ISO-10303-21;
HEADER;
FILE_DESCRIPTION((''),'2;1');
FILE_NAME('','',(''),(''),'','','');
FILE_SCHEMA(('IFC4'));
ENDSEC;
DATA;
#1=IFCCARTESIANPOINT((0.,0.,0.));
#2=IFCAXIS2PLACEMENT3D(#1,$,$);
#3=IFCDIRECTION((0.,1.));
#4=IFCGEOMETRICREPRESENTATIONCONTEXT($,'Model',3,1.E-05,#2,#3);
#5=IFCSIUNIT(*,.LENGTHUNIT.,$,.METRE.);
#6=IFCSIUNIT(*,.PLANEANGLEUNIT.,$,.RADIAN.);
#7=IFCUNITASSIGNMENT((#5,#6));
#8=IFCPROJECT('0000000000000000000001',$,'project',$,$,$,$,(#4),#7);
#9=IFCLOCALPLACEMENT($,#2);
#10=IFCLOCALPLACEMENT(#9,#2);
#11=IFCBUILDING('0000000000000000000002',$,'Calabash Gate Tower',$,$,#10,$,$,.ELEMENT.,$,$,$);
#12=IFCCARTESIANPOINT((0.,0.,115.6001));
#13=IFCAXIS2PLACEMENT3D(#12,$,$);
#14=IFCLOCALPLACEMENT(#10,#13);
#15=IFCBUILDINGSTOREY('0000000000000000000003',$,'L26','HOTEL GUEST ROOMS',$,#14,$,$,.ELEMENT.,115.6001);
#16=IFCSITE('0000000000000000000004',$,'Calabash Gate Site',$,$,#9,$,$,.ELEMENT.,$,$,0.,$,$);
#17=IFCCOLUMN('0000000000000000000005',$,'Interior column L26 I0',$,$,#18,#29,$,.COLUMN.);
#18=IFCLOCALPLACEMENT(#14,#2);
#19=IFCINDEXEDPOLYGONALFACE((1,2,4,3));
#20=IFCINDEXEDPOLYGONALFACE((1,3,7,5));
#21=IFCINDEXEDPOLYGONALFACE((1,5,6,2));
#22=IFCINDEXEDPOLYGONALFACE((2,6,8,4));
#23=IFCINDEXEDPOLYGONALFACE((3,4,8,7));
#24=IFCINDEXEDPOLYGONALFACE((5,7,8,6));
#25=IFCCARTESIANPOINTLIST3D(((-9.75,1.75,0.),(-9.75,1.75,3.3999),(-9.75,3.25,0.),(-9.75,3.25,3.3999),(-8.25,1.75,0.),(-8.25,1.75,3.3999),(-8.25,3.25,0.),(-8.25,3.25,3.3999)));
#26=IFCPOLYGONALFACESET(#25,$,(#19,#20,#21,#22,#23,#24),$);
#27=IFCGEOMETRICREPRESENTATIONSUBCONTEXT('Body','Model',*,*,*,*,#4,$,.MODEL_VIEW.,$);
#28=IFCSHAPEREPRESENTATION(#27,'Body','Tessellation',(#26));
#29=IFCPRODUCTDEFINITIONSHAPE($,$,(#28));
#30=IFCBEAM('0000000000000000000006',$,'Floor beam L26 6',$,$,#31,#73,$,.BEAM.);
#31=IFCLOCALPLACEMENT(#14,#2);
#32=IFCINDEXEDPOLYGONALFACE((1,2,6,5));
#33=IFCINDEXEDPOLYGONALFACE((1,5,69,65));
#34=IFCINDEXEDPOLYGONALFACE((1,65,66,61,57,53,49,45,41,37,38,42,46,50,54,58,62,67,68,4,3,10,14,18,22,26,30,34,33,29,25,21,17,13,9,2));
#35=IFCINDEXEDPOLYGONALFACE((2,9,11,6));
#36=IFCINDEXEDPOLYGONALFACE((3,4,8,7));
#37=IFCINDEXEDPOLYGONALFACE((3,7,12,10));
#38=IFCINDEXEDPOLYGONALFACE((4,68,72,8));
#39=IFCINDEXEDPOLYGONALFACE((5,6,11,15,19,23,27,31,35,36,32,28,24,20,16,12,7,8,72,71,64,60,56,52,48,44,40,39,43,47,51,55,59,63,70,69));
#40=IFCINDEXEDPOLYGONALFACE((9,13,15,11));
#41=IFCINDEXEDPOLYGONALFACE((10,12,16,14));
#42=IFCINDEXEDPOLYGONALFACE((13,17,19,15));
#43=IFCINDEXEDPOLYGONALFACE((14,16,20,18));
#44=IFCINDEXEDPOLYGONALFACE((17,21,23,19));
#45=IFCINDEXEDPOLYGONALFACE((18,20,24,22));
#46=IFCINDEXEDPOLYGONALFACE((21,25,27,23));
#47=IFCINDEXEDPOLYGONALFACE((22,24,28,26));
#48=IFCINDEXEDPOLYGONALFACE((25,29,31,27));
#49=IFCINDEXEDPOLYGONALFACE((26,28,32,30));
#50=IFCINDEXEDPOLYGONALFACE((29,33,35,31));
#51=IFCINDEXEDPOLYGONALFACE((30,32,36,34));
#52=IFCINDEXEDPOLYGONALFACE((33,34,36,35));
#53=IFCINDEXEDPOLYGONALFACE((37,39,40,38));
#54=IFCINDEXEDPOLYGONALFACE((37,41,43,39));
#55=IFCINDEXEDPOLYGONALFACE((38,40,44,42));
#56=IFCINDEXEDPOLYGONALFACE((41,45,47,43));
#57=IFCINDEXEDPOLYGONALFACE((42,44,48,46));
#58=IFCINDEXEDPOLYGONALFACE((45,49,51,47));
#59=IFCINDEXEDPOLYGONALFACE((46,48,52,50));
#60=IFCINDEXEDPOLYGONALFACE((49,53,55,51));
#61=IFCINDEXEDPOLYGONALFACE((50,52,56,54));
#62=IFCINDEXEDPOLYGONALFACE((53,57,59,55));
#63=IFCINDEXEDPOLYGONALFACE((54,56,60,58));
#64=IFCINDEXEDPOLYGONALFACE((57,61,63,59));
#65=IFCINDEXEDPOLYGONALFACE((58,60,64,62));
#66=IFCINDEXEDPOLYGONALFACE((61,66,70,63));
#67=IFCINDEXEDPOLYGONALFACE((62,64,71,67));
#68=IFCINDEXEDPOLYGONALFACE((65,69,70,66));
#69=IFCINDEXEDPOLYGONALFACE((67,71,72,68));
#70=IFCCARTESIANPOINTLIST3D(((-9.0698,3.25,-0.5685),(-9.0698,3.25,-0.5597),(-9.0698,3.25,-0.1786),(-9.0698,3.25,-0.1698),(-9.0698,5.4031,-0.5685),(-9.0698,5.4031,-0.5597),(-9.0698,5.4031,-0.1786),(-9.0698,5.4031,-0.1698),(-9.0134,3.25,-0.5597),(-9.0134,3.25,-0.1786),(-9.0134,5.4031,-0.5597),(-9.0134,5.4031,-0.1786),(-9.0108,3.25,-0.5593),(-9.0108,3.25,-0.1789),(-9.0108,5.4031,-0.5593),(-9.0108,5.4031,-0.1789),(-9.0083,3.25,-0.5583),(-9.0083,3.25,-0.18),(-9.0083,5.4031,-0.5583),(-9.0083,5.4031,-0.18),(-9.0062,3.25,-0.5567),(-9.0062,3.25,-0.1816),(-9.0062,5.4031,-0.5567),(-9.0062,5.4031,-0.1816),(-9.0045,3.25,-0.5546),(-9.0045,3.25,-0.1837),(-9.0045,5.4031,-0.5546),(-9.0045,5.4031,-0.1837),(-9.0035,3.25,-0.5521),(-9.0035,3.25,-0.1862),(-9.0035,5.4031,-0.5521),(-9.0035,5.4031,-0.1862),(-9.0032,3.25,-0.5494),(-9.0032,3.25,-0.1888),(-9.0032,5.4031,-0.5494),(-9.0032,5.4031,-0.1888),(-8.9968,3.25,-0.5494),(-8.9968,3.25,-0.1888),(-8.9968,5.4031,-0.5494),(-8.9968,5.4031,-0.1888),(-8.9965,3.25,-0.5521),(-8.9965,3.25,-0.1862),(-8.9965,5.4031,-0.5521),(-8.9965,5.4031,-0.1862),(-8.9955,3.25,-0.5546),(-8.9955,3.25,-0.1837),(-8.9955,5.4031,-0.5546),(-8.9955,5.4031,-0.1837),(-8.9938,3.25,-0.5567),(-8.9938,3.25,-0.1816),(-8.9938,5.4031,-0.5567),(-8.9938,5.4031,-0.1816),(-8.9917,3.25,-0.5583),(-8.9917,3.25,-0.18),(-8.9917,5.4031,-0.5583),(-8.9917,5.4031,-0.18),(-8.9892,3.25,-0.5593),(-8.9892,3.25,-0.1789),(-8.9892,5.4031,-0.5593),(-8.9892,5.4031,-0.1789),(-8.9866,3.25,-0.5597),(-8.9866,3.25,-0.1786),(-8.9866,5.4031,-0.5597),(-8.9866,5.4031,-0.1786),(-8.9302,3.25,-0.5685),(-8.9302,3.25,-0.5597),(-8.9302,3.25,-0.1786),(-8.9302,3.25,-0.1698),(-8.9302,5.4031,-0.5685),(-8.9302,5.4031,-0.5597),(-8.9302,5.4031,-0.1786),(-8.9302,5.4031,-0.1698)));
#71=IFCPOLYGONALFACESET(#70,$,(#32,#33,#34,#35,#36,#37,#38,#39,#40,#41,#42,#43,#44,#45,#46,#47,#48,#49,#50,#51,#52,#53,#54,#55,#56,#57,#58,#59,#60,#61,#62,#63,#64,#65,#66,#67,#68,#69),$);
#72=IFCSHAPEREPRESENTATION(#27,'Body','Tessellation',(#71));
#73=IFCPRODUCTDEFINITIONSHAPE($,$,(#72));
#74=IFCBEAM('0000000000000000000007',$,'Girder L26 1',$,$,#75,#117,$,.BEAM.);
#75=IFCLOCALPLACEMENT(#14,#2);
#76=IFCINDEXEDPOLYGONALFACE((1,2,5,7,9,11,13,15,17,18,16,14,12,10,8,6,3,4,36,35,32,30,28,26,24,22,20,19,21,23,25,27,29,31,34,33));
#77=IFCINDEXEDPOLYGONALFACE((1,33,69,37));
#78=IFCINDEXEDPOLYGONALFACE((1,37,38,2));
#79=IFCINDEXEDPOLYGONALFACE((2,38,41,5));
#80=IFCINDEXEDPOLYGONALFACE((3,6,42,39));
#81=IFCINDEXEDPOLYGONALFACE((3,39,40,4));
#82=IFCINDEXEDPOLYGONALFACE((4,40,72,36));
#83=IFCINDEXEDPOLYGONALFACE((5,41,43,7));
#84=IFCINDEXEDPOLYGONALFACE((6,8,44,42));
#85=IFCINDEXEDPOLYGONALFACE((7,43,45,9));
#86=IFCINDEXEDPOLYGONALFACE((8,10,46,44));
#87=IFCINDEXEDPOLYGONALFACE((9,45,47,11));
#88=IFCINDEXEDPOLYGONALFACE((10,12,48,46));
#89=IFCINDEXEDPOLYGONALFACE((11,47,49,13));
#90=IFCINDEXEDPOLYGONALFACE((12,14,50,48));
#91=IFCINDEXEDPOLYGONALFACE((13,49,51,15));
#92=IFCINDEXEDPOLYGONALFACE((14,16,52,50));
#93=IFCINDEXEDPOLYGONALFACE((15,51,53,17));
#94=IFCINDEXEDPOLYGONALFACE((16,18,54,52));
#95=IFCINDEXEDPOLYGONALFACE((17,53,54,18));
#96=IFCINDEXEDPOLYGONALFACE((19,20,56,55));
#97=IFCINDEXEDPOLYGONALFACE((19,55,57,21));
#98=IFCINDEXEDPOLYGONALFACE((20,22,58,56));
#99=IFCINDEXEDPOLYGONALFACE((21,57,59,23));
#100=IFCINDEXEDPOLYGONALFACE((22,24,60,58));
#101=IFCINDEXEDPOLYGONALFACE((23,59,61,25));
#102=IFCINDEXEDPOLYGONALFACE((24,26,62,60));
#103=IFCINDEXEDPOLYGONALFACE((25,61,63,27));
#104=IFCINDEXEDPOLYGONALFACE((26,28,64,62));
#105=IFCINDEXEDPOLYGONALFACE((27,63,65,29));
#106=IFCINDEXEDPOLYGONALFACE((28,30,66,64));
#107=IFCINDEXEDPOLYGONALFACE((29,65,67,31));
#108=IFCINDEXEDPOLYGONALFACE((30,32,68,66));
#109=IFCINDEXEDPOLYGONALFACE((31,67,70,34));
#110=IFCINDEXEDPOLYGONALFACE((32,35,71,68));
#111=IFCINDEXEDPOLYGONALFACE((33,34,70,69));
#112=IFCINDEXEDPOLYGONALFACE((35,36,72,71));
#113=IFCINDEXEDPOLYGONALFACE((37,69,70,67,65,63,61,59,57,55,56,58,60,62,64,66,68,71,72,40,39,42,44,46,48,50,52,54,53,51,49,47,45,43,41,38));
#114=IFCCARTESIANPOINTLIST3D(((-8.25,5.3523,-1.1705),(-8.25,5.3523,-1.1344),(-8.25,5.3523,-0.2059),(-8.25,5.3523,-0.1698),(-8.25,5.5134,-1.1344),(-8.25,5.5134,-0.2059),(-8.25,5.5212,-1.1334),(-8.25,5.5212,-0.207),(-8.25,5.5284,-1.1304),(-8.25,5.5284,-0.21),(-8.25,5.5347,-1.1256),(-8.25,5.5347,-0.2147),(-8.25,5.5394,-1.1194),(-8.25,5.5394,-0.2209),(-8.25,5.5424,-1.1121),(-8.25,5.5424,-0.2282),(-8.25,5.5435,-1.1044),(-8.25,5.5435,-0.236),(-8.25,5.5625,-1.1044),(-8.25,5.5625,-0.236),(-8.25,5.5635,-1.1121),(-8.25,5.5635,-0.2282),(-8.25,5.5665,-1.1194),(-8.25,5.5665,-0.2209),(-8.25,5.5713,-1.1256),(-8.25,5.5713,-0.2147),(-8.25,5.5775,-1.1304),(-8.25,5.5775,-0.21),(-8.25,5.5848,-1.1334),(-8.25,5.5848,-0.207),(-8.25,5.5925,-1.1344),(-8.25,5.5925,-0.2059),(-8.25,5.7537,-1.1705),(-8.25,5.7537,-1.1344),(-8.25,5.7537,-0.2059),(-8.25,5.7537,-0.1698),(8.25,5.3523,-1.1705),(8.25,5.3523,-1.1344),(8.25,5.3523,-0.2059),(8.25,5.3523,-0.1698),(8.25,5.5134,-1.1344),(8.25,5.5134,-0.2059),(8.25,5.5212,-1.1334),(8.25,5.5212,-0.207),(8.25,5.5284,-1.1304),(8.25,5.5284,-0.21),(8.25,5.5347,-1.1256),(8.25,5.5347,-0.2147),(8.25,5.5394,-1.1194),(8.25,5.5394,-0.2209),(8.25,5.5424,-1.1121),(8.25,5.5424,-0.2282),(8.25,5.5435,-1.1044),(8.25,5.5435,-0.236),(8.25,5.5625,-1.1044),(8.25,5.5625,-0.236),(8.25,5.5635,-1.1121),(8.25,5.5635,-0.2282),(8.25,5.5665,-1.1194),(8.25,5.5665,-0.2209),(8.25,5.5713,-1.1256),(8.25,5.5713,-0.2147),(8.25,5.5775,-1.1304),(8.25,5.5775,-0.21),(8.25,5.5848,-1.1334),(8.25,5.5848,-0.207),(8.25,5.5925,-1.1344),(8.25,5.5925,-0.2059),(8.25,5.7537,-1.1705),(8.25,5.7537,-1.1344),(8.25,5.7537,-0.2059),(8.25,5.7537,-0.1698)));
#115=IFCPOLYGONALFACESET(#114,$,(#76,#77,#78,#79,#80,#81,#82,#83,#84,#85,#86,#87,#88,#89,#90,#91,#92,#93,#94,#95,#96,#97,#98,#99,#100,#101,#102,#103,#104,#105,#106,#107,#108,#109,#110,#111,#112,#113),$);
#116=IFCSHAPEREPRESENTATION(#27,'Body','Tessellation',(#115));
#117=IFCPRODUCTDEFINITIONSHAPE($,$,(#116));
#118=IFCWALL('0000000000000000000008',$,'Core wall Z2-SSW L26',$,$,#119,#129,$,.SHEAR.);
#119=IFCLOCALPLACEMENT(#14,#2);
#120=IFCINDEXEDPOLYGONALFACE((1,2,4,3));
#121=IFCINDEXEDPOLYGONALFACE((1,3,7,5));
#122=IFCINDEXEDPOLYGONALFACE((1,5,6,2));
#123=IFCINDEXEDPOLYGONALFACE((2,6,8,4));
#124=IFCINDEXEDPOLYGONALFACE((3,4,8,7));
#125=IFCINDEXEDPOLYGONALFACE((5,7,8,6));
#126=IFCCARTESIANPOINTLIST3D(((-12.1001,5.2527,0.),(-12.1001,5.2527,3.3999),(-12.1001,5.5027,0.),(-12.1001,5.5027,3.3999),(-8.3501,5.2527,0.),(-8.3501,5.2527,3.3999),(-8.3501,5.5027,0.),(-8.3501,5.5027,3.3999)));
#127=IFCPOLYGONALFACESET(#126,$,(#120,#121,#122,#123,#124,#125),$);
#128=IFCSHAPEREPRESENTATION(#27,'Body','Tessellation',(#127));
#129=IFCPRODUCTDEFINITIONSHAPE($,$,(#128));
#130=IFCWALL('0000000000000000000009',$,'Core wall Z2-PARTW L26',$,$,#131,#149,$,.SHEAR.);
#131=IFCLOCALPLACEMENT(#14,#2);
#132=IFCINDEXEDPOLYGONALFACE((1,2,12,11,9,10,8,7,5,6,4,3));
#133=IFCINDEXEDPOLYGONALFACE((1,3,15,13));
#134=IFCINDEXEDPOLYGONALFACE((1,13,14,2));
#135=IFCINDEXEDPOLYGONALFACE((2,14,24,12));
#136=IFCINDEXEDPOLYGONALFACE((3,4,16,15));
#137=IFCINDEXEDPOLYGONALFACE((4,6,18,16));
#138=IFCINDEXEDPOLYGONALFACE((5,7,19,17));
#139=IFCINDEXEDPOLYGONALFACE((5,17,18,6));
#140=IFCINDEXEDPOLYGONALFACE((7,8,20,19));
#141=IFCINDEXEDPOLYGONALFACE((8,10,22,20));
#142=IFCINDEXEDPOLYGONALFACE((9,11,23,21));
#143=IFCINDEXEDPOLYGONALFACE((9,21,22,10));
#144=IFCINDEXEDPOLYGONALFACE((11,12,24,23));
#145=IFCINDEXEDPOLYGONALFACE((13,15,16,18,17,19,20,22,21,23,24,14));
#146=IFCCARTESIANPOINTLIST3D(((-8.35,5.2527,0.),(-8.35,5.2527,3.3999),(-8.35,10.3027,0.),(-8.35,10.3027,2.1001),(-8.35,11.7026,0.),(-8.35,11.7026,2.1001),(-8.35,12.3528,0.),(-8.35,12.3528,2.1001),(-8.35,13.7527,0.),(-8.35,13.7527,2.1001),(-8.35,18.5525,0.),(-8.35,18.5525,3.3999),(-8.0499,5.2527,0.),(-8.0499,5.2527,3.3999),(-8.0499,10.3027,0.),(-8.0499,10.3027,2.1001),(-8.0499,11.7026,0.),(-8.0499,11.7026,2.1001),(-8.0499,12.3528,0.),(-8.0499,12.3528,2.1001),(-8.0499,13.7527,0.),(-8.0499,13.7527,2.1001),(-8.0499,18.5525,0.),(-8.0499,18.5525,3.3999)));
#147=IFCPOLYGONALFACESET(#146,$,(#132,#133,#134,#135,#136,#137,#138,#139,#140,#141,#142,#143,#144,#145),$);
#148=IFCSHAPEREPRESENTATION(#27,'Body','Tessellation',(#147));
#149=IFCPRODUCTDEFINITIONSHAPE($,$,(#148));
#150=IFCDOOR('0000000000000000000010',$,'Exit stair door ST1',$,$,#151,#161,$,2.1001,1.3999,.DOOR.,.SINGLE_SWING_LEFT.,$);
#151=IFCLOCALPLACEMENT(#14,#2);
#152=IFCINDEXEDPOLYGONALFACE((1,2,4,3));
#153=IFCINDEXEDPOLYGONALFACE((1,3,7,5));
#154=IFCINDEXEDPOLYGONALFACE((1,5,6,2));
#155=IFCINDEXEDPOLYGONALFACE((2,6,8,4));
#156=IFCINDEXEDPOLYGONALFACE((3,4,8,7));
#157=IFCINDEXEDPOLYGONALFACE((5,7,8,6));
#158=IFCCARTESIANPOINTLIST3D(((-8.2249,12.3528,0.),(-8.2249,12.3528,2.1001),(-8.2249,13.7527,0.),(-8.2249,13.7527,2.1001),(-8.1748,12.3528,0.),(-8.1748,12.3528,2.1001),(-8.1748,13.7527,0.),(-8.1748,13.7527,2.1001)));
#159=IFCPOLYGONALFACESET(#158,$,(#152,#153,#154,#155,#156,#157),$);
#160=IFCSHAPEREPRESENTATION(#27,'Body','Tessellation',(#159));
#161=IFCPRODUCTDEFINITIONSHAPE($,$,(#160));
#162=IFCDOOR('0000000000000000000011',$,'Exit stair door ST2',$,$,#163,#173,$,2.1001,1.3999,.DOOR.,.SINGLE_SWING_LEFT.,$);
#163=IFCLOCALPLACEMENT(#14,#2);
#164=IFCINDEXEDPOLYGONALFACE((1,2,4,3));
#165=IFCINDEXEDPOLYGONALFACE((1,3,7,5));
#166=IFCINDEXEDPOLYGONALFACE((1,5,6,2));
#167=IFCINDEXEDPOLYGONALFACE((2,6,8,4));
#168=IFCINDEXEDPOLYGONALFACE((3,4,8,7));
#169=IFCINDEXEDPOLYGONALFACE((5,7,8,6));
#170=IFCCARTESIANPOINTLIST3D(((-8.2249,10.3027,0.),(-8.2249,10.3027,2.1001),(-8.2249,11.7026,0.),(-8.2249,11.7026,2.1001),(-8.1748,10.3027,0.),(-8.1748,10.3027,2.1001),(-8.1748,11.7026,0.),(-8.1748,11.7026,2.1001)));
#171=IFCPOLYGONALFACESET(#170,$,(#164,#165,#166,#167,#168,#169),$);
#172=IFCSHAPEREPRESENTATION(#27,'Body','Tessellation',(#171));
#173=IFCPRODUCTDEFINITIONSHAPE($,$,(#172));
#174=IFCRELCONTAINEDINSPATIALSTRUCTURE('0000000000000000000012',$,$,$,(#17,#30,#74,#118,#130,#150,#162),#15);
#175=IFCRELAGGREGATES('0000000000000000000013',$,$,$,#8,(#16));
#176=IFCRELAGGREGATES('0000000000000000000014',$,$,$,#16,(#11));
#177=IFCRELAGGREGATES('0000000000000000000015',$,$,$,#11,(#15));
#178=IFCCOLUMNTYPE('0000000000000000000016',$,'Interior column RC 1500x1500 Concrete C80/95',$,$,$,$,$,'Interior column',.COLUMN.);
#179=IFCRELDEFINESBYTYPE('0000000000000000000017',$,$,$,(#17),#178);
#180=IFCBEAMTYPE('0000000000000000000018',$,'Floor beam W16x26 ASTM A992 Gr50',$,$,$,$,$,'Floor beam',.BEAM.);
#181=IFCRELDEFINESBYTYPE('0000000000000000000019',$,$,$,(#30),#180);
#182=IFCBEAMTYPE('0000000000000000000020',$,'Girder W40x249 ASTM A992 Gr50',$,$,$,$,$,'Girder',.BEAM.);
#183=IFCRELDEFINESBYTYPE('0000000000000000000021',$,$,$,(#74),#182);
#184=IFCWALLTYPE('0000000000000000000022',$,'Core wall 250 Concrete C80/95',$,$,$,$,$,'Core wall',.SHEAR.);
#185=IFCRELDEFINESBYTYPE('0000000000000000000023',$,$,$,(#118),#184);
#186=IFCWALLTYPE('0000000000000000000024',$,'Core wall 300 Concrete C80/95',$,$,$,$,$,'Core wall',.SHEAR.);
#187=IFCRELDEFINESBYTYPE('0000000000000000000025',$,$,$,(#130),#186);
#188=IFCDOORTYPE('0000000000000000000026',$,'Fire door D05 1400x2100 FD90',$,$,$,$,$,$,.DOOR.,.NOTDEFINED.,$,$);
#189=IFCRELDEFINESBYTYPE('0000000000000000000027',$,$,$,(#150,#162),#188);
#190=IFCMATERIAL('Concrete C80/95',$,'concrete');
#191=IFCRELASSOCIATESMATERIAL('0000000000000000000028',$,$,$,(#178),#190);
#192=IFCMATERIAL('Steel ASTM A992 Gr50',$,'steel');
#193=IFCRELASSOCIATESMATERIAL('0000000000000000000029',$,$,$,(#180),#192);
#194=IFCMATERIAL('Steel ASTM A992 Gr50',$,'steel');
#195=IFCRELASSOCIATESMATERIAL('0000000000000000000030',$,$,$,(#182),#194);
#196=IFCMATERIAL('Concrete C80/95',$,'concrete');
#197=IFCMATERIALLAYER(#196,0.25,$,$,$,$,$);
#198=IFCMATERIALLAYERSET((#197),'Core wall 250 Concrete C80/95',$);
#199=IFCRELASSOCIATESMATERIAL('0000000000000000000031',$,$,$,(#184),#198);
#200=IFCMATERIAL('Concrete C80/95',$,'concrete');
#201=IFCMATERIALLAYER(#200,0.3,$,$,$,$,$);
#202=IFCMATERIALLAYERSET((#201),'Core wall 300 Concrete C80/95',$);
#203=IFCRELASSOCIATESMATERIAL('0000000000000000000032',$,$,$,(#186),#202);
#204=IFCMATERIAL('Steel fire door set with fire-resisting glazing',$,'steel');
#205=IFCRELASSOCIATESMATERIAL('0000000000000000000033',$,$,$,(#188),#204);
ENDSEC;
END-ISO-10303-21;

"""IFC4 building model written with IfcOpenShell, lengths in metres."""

from ifc_helpers import new_model, si_unit, direction, frame, frame_2d, origin, origin_2d, place, context, subcontext, project, spatial, rectangle, i_section, extrude, material, layer, layer_set, material_profile, profile_set, type_object, element, fill, save


model = new_model("IFC4")

# Units and contexts
model_context = context("Model", 3, precision=1e-05, world=origin(), true_north=direction((0.0, 1.0)))
body_context = subcontext(model_context, "Body", "Model", "MODEL_VIEW")
ifc_project = project(units=[si_unit("LENGTHUNIT", "METRE"), si_unit("PLANEANGLEUNIT", "RADIAN")], contexts=[model_context])

# Site, building, storey
site_placement = place(None, origin())
site = spatial("IfcSite", under=ifc_project, at=site_placement, Name="Calabash Gate Site", CompositionType="ELEMENT", RefElevation=0.0)
building_placement = place(site_placement, origin())
building = spatial("IfcBuilding", under=site, at=building_placement, Name="Calabash Gate Tower", CompositionType="ELEMENT")
storey_placement = place(building_placement, frame((0.0, 0.0, 115.6001)))
storey = spatial("IfcBuildingStorey", under=building, at=storey_placement, Name="L26", Description="HOTEL GUEST ROOMS", CompositionType="ELEMENT", Elevation=115.6001)

# Column
ifc_material_1 = material(Name="Concrete C80/95", Category="concrete")
ifc_material_profile_1 = material_profile(ifc_material_1, rectangle(XDim=1.5, YDim=1.5, at=origin_2d()))
ifc_profile_set_1 = profile_set([ifc_material_profile_1], Name="Concrete C80/95")
column_type = type_object("IfcColumnType", Name="Interior column RC 1500x1500 Concrete C80/95", ElementType="Interior column", PredefinedType="COLUMN", material=ifc_profile_set_1)
column_placement = place(storey_placement, frame((-9.0, 2.5, 0.0), z_axis=(0.0, 0.0, 1.0), x_axis=(1.0, 0.0, 0.0)))
element("IfcColumn", 1, at=column_placement, inside=storey, type_object=column_type, Name="Interior column L26 I0", PredefinedType="COLUMN", context=body_context, shape_type="SweptSolid", body=[
    extrude(rectangle(XDim=1.5, YDim=1.5, at=origin_2d()), origin(), (0.0, 0.0, 1.0), 3.3999),
])

# Beams
ifc_material_2 = material(Name="Steel ASTM A992 Gr50", Category="steel")
ifc_material_profile_2 = material_profile(ifc_material_2, i_section(OverallWidth=0.1396, OverallDepth=0.3987, WebThickness=0.0063, FlangeThickness=0.0088, FilletRadius=0.0103, at=origin_2d()))
ifc_profile_set_2 = profile_set([ifc_material_profile_2], Name="Steel ASTM A992 Gr50")
beam_type_1 = type_object("IfcBeamType", Name="Floor beam W16x26 ASTM A992 Gr50", ElementType="Floor beam", PredefinedType="BEAM", material=ifc_profile_set_2)
beam_1_placement = place(storey_placement, frame((-9.0, 3.25, -0.3691), z_axis=(0.0, 1.0, 0.0), x_axis=(-1.0, 0.0, 0.0)))
element("IfcBeam", 2, at=beam_1_placement, inside=storey, type_object=beam_type_1, Name="Floor beam L26 6", PredefinedType="BEAM", context=body_context, shape_type="SweptSolid", body=[
    extrude(i_section(OverallWidth=0.1396, OverallDepth=0.3987, WebThickness=0.0063, FlangeThickness=0.0088, FilletRadius=0.0103, at=origin_2d()), origin(), (0.0, 0.0, 1.0), 2.1531),
])
ifc_material_3 = material(Name="Steel ASTM A992 Gr50", Category="steel")
ifc_material_profile_3 = material_profile(ifc_material_3, i_section(OverallWidth=0.4014, OverallDepth=1.0007, WebThickness=0.019, FlangeThickness=0.0361, FilletRadius=0.03, at=origin_2d()))
ifc_profile_set_3 = profile_set([ifc_material_profile_3], Name="Steel ASTM A992 Gr50")
beam_type_2 = type_object("IfcBeamType", Name="Girder W40x249 ASTM A992 Gr50", ElementType="Girder", PredefinedType="BEAM", material=ifc_profile_set_3)
beam_2_placement = place(storey_placement, frame((-8.25, 5.553, -0.6702), z_axis=(1.0, 0.0, 0.0), x_axis=(0.0, 1.0, 0.0)))
element("IfcBeam", 3, at=beam_2_placement, inside=storey, type_object=beam_type_2, Name="Girder L26 1", PredefinedType="BEAM", context=body_context, shape_type="SweptSolid", body=[
    extrude(i_section(OverallWidth=0.4014, OverallDepth=1.0007, WebThickness=0.019, FlangeThickness=0.0361, FilletRadius=0.03, at=origin_2d()), origin(), (0.0, 0.0, 1.0), 16.5),
])

# Wall
ifc_material_4 = material(Name="Concrete C80/95", Category="concrete")
ifc_layer_1 = layer(ifc_material_4, 0.25)
ifc_layer_set_1 = layer_set([ifc_layer_1], Name="Core wall 250 Concrete C80/95")
wall_type_1 = type_object("IfcWallType", Name="Core wall 250 Concrete C80/95", ElementType="Core wall", PredefinedType="SHEAR", material=ifc_layer_set_1)
wall_1_placement = place(storey_placement, frame((-12.1001, 5.3777, 0.0), z_axis=(0.0, 0.0, 1.0), x_axis=(1.0, 0.0, 0.0)))
element("IfcWall", 4, at=wall_1_placement, inside=storey, type_object=wall_type_1, Name="Core wall Z2-SSW L26", PredefinedType="SHEAR", context=body_context, shape_type="SweptSolid", body=[
    extrude(rectangle(XDim=3.75, YDim=0.25, at=frame_2d((1.875, 0.0))), origin(), (0.0, 0.0, 1.0), 3.3999),
])

# Wall, openings, doors
ifc_material_5 = material(Name="Concrete C80/95", Category="concrete")
ifc_layer_2 = layer(ifc_material_5, 0.3)
ifc_layer_set_2 = layer_set([ifc_layer_2], Name="Core wall 300 Concrete C80/95")
wall_type_2 = type_object("IfcWallType", Name="Core wall 300 Concrete C80/95", ElementType="Core wall", PredefinedType="SHEAR", material=ifc_layer_set_2)
wall_2_placement = place(storey_placement, frame((-8.2, 5.2527, 0.0), z_axis=(0.0, 0.0, 1.0), x_axis=(0.0, 1.0, 0.0)))
wall_2 = element("IfcWall", 5, at=wall_2_placement, inside=storey, type_object=wall_type_2, Name="Core wall Z2-PARTW L26", PredefinedType="SHEAR", context=body_context, shape_type="SweptSolid", body=[
    extrude(rectangle(XDim=13.2998, YDim=0.3, at=frame_2d((6.6499, 0.0))), origin(), (0.0, 0.0, 1.0), 3.3999),
])
opening_1_placement = place(wall_2_placement, frame((7.1001, 0.0, 0.0)))
opening_1 = element("IfcOpeningElement", 6, at=opening_1_placement, cuts=wall_2, PredefinedType="OPENING", context=body_context, shape_type="SweptSolid", body=[
    extrude(rectangle(XDim=1.3999, YDim=2.1001, at=frame_2d((0.7, 1.05))), frame((0.0, 0.1599, 0.0), z_axis=(0.0, -1.0, 0.0), x_axis=(1.0, 0.0, 0.0)), (0.0, 0.0, 1.0), 0.3201),
])
opening_2_placement = place(wall_2_placement, frame((5.05, 0.0, 0.0)))
opening_2 = element("IfcOpeningElement", 7, at=opening_2_placement, cuts=wall_2, PredefinedType="OPENING", context=body_context, shape_type="SweptSolid", body=[
    extrude(rectangle(XDim=1.3999, YDim=2.1001, at=frame_2d((0.7, 1.05))), frame((0.0, 0.1599, 0.0), z_axis=(0.0, -1.0, 0.0), x_axis=(1.0, 0.0, 0.0)), (0.0, 0.0, 1.0), 0.3201),
])
ifc_material_6 = material(Name="Steel fire door set with fire-resisting glazing", Category="steel")
door_type_1 = type_object("IfcDoorType", Name="Fire door D05 1400x2100 FD90", OperationType="NOTDEFINED", PredefinedType="DOOR", material=ifc_material_6)
door_1_placement = place(opening_1_placement, origin())
door_1 = element("IfcDoor", 8, at=door_1_placement, inside=storey, type_object=door_type_1, Name="Exit stair door ST1", OperationType="SINGLE_SWING_LEFT", OverallHeight=2.1001, OverallWidth=1.3999, PredefinedType="DOOR", context=body_context, shape_type="SweptSolid", body=[
    extrude(rectangle(XDim=1.3999, YDim=2.1001, at=frame_2d((0.7, 1.05))), frame((0.0, 0.0249, 0.0), z_axis=(0.0, -1.0, 0.0), x_axis=(1.0, 0.0, 0.0)), (0.0, 0.0, 1.0), 0.05),
])
fill(opening_1, door_1)
door_2_placement = place(opening_2_placement, origin())
door_2 = element("IfcDoor", 9, at=door_2_placement, inside=storey, type_object=door_type_1, Name="Exit stair door ST2", OperationType="SINGLE_SWING_LEFT", OverallHeight=2.1001, OverallWidth=1.3999, PredefinedType="DOOR", context=body_context, shape_type="SweptSolid", body=[
    extrude(rectangle(XDim=1.3999, YDim=2.1001, at=frame_2d((0.7, 1.05))), frame((0.0, 0.0249, 0.0), z_axis=(0.0, -1.0, 0.0), x_axis=(1.0, 0.0, 0.0)), (0.0, 0.0, 1.0), 0.05),
])
fill(opening_2, door_2)

save(model, "model.ifc")
